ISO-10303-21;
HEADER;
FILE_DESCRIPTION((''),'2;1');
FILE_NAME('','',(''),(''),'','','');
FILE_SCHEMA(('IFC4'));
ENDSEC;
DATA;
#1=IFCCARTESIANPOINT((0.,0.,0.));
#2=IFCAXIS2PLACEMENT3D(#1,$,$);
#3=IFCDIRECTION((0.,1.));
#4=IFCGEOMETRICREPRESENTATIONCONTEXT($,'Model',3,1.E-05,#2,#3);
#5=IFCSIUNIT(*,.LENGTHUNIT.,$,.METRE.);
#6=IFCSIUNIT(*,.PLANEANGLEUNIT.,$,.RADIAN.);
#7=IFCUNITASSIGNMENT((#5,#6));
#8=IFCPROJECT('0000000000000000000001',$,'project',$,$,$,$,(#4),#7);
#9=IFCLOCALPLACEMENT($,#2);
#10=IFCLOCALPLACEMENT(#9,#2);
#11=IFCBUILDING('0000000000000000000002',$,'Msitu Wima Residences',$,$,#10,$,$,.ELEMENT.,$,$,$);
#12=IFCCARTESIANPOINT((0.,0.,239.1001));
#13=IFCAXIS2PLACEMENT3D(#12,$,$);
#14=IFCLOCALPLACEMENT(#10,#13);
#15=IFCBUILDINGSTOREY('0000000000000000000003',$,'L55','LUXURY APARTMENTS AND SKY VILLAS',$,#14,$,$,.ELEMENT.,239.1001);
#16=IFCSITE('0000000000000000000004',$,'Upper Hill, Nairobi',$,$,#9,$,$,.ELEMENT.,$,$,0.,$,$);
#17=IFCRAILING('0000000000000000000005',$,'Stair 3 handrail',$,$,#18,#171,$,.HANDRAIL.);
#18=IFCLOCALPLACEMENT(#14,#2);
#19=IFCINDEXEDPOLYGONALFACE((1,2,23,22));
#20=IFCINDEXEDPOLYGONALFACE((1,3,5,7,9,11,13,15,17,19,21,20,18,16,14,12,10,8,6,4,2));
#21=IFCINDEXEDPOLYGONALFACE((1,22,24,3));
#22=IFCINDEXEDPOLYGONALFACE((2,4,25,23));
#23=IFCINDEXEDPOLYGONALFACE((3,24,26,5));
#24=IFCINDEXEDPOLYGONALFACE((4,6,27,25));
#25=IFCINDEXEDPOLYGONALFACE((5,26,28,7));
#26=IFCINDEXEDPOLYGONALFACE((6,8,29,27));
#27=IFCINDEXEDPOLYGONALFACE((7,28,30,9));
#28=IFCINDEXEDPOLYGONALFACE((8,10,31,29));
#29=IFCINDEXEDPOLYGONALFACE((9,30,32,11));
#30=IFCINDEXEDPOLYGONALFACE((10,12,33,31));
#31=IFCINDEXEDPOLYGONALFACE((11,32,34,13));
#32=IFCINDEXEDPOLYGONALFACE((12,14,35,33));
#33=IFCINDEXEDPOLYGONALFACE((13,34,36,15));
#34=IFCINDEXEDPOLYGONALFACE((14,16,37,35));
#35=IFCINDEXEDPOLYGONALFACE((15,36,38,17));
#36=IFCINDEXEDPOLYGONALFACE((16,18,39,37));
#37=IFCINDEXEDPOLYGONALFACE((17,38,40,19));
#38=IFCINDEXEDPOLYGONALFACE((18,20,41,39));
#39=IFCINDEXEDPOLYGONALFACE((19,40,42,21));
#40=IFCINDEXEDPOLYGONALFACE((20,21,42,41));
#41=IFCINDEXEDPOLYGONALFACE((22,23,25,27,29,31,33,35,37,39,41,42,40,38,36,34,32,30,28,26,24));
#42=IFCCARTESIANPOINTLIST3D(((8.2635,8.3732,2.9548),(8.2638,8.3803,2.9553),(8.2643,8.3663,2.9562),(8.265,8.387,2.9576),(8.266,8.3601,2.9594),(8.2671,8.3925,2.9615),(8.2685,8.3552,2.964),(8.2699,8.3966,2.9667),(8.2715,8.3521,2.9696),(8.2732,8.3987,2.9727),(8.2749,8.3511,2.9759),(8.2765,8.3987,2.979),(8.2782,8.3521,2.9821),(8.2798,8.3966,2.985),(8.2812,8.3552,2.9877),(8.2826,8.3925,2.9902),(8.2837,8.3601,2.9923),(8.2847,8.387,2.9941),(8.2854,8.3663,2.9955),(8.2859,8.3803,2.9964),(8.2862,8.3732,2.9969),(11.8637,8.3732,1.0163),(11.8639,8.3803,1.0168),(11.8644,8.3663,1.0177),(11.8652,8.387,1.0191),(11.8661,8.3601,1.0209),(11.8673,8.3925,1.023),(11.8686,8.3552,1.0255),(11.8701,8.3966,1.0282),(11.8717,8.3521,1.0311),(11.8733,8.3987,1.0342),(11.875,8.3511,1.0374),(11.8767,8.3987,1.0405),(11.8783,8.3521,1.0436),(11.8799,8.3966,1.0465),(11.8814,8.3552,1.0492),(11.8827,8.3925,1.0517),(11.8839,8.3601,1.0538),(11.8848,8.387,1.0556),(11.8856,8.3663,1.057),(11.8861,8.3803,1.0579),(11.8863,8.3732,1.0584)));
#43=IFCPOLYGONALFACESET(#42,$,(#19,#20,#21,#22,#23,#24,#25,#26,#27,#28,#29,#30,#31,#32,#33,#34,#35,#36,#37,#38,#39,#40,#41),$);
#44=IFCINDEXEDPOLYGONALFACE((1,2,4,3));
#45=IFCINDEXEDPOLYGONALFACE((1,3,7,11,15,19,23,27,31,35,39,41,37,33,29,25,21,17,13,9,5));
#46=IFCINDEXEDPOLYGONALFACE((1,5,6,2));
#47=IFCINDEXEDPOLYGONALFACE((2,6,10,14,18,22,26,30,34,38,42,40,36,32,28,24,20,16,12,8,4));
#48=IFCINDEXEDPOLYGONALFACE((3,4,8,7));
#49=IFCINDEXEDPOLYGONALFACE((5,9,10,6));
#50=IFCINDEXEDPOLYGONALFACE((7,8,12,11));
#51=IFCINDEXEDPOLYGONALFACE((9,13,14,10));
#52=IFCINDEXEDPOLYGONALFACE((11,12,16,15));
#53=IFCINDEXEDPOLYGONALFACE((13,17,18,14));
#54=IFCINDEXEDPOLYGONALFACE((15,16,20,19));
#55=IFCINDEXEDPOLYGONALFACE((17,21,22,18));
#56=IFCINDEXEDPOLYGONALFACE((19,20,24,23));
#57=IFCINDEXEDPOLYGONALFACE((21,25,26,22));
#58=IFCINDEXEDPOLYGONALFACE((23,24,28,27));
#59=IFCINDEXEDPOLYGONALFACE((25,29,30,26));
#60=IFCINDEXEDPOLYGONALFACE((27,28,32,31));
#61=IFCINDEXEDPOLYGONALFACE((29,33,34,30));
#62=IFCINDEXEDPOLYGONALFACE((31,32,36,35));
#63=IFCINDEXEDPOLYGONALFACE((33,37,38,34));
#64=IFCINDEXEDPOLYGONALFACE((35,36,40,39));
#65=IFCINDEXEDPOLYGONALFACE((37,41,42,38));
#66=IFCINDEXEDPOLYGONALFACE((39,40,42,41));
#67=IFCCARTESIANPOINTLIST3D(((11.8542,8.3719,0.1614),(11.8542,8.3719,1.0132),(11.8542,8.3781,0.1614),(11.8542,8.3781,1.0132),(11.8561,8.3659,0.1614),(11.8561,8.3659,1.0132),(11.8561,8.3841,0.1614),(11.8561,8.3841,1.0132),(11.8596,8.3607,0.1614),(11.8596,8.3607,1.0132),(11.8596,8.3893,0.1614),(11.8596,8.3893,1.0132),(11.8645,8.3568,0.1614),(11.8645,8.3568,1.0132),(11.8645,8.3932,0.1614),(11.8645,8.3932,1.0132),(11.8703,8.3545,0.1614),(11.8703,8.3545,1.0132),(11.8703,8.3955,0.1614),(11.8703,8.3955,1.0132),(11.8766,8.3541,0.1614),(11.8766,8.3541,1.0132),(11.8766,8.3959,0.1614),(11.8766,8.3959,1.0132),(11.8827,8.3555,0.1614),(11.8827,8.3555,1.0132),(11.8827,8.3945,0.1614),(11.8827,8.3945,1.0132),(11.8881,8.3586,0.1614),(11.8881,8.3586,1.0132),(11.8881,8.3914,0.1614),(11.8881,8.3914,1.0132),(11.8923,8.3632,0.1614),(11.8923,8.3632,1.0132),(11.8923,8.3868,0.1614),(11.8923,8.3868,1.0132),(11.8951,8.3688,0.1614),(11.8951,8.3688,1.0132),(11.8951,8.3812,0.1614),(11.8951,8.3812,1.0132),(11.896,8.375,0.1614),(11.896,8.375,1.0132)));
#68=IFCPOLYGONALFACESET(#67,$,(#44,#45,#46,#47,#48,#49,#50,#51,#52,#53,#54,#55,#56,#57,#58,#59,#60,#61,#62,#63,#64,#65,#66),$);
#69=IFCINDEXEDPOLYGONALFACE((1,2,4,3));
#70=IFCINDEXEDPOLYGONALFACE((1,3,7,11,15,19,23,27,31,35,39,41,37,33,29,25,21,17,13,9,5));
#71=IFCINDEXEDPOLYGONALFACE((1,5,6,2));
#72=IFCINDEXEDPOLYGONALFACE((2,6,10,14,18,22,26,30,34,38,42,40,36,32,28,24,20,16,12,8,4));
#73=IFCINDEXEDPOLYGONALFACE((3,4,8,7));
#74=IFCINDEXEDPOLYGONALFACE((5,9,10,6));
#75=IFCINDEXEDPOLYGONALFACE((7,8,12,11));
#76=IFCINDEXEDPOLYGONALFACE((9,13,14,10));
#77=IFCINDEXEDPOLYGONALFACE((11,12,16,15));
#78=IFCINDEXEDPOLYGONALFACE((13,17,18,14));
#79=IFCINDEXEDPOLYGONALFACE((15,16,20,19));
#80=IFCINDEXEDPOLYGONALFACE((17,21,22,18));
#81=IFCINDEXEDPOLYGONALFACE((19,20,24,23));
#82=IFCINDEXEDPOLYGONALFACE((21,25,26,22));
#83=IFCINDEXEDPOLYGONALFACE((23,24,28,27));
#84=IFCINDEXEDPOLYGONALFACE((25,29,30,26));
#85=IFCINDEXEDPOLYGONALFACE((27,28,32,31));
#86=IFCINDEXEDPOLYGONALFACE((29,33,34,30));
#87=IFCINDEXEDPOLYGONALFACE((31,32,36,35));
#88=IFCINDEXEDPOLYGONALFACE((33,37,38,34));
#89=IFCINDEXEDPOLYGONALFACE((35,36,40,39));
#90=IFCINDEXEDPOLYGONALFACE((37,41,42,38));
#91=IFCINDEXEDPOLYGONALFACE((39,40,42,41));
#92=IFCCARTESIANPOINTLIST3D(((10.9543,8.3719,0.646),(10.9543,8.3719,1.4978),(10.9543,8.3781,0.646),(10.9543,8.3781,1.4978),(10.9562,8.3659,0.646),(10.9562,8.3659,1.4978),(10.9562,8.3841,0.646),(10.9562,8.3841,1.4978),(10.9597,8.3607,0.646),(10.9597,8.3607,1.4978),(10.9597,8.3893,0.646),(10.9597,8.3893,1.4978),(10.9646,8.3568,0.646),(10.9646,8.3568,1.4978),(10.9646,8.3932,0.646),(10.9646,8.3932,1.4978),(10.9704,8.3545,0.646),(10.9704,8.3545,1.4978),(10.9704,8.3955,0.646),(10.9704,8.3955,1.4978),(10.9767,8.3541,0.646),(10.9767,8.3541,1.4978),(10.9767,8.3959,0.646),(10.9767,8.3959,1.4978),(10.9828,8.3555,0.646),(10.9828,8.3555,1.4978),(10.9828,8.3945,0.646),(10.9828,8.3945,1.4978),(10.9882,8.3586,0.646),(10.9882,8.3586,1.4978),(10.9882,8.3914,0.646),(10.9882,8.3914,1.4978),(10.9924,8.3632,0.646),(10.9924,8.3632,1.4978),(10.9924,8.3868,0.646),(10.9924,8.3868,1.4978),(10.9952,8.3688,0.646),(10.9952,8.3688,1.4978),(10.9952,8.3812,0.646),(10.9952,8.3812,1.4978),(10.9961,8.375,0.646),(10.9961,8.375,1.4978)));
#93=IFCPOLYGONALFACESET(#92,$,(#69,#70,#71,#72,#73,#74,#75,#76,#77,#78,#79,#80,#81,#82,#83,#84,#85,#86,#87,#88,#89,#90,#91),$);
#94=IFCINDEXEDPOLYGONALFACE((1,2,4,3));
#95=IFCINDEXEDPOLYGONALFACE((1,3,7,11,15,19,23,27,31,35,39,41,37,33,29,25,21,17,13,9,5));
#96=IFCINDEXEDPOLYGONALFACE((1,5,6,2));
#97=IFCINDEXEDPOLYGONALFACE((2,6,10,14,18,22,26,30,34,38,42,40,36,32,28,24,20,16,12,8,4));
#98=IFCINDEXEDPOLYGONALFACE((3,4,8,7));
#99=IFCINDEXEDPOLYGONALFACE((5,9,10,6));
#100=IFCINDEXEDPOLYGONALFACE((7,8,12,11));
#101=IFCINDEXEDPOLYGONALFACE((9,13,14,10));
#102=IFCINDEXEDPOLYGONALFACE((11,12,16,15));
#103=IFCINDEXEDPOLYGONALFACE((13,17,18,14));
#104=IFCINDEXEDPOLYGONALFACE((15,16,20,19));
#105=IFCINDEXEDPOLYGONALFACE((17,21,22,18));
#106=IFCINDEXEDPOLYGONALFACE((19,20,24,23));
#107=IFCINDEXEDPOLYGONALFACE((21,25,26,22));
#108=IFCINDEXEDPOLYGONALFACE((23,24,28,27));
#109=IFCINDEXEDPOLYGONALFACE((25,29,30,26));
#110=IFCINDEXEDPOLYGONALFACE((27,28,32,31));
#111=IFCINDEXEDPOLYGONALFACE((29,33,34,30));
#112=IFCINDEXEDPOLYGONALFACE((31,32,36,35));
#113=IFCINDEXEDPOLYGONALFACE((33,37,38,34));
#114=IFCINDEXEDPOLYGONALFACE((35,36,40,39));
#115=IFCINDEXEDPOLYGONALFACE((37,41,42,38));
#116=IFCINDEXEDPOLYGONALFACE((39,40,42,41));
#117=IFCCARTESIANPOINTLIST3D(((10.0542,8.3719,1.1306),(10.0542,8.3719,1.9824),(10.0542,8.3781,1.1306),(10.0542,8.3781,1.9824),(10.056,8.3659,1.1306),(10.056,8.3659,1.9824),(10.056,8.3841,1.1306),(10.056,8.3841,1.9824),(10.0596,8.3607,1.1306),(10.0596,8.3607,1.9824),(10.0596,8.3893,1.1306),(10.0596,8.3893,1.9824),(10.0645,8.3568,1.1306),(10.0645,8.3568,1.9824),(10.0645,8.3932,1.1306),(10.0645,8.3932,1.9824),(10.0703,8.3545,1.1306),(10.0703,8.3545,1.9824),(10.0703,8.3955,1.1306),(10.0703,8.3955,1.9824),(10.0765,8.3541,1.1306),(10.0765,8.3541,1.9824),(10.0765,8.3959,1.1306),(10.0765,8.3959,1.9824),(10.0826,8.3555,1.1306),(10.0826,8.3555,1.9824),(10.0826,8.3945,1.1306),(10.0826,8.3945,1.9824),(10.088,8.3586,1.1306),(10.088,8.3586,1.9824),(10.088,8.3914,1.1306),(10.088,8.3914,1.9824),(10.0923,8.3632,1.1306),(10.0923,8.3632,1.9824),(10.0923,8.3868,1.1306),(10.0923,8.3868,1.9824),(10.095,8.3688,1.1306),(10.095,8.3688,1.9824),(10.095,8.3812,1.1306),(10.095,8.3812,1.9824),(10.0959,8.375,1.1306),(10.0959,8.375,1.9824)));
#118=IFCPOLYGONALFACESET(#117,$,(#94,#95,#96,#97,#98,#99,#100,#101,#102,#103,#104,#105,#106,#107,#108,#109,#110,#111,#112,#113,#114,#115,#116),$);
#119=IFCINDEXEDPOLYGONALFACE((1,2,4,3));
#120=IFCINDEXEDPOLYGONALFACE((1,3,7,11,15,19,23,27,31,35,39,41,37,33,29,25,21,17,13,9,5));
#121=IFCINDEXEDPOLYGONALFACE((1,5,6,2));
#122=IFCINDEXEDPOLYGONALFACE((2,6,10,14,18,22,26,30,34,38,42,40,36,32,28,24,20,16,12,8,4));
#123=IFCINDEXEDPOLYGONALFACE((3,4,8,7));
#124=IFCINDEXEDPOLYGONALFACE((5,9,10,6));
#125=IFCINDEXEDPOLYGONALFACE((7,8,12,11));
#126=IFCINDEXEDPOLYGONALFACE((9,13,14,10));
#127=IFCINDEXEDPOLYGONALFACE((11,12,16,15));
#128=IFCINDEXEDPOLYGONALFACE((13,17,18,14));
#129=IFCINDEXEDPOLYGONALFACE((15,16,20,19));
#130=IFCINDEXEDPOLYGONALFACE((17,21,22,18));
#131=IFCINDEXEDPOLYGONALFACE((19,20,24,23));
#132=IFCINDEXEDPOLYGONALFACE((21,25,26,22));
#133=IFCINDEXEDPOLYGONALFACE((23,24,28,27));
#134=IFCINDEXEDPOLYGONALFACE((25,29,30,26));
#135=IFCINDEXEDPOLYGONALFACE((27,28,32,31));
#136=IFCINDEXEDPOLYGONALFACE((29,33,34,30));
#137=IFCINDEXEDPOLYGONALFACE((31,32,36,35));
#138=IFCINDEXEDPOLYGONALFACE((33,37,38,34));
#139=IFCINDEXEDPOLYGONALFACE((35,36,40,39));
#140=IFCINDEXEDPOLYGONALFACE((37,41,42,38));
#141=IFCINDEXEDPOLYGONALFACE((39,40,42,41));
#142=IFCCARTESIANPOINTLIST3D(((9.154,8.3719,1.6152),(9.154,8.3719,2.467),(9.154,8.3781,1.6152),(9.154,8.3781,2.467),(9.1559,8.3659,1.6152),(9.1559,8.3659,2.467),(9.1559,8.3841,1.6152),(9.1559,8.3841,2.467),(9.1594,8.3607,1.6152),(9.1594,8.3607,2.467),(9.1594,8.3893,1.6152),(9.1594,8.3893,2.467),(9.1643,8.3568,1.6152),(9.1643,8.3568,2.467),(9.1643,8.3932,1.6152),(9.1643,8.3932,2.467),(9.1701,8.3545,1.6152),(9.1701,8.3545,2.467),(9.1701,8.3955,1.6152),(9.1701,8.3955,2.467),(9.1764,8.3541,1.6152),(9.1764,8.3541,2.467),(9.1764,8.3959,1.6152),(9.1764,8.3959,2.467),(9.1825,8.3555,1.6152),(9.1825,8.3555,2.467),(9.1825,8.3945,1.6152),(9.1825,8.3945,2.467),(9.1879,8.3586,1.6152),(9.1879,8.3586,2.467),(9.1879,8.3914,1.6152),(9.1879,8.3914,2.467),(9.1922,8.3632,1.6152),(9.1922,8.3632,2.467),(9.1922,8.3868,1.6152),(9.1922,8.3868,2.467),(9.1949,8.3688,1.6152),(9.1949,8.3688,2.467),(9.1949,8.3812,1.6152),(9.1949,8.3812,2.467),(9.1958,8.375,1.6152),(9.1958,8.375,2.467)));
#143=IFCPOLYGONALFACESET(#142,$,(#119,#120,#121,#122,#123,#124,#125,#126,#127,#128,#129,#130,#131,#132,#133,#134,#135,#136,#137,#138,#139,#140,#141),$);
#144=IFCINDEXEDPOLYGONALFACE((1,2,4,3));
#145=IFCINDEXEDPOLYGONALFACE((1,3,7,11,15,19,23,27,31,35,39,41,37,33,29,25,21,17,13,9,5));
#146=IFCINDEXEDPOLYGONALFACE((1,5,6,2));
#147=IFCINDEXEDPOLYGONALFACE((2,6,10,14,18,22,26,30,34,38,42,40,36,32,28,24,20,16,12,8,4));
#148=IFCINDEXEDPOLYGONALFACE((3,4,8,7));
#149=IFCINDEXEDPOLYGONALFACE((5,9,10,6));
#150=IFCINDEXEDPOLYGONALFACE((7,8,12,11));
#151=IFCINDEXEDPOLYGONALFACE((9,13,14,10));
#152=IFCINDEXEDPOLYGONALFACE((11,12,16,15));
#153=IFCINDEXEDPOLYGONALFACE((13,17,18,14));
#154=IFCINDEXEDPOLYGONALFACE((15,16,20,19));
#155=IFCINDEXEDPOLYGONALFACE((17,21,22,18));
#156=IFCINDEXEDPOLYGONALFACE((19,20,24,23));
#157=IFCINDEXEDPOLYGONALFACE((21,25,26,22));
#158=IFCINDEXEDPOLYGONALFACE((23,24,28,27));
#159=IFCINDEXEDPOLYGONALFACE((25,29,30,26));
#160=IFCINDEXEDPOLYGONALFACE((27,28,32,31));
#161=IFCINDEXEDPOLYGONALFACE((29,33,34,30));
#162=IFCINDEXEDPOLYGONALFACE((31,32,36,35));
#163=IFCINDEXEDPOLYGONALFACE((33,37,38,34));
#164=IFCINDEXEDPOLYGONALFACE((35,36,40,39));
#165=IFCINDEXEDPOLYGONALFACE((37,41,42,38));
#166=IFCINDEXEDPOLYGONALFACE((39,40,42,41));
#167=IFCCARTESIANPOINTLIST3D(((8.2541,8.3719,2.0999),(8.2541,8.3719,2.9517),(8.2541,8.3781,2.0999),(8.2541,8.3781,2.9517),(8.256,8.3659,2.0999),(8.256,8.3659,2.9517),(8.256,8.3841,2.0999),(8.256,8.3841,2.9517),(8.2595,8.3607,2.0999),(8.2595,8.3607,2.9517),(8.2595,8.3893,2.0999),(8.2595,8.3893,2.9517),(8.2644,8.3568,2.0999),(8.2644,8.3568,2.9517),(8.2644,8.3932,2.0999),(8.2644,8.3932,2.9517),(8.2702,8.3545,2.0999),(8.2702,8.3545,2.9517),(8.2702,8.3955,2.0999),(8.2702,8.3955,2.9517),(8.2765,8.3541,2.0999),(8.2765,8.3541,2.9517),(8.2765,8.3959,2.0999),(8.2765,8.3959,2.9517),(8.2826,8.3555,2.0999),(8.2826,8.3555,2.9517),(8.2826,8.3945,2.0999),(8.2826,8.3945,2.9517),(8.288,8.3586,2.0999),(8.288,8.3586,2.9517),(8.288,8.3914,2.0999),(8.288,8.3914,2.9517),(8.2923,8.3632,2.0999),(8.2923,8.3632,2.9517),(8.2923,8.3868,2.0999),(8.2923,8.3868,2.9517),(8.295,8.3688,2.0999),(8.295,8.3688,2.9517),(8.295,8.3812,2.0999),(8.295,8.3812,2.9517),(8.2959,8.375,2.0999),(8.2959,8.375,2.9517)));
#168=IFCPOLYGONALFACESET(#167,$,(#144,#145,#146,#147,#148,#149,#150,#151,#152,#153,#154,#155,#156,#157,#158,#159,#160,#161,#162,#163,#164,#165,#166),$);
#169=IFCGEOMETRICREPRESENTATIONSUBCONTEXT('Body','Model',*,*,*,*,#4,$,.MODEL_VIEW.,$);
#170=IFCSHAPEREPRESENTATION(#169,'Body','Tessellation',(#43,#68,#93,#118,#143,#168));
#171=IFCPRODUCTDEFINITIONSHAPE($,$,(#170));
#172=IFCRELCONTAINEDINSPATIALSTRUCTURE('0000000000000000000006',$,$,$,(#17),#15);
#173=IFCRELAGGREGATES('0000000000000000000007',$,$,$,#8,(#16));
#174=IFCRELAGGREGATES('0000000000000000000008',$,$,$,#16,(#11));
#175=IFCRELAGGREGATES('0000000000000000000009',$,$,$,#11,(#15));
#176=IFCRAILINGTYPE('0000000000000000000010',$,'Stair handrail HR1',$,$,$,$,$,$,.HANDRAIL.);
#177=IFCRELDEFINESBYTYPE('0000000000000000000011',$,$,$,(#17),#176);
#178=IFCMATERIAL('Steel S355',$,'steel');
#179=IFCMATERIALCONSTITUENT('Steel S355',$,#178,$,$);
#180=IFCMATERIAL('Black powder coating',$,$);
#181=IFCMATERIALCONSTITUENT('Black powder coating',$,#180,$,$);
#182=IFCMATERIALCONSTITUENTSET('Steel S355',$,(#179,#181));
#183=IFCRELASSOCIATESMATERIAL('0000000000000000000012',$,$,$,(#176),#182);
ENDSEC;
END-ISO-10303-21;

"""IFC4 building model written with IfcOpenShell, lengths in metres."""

from ifc_helpers import new_model, si_unit, direction, frame, origin, origin_2d, place, context, subcontext, project, spatial, circle, extrude, material, constituent, constituent_set, type_object, element, save


model = new_model("IFC4")

# Units and contexts
model_context = context("Model", 3, precision=1e-05, world=origin(), true_north=direction((0.0, 1.0)))
body_context = subcontext(model_context, "Body", "Model", "MODEL_VIEW")
ifc_project = project(units=[si_unit("LENGTHUNIT", "METRE"), si_unit("PLANEANGLEUNIT", "RADIAN")], contexts=[model_context])

# Site, building, storey
site_placement = place(None, origin())
site = spatial("IfcSite", under=ifc_project, at=site_placement, Name="Upper Hill, Nairobi", CompositionType="ELEMENT", RefElevation=0.0)
building_placement = place(site_placement, origin())
building = spatial("IfcBuilding", under=site, at=building_placement, Name="Msitu Wima Residences", CompositionType="ELEMENT")
storey_placement = place(building_placement, frame((0.0, 0.0, 239.1001)))
storey = spatial("IfcBuildingStorey", under=building, at=storey_placement, Name="L55", Description="LUXURY APARTMENTS AND SKY VILLAS", CompositionType="ELEMENT", Elevation=239.1001)

# Railing
ifc_material_1 = material(Name="Steel S355", Category="steel")
ifc_constituent_1 = constituent(ifc_material_1, Name="Steel S355")
ifc_material_2 = material(Name="Black powder coating")
ifc_constituent_2 = constituent(ifc_material_2, Name="Black powder coating")
ifc_constituent_set = constituent_set(constituents=[ifc_constituent_1, ifc_constituent_2], Name="Steel S355")
railing_type = type_object("IfcRailingType", Name="Stair handrail HR1", PredefinedType="HANDRAIL", material=ifc_constituent_set)
for number, where, name in (
    (1, (11.875, 8.375, 0.1614), "Stair 3 handrail"),
):
    element("IfcRailing", number, at=place(storey_placement, frame(where)), inside=storey, type_object=railing_type, Name=name, PredefinedType="HANDRAIL", context=body_context, shape_type="SweptSolid", body=[
        extrude(circle(Radius=0.0239, at=origin_2d()), frame((0.0, 0.0, 0.876), z_axis=(-0.880475, 0.0, 0.474093), x_axis=(0.0, -1.0, 0.0)), (0.0, 0.0, 1.0), 4.0889),
        extrude(circle(Radius=0.021, at=origin_2d()), origin(), (0.0, 0.0, 1.0), 0.8518),
        extrude(circle(Radius=0.021, at=origin_2d()), frame((-0.8999, 0.0, 0.4846)), (0.0, 0.0, 1.0), 0.8518),
        extrude(circle(Radius=0.021, at=origin_2d()), frame((-1.8, 0.0, 0.9692)), (0.0, 0.0, 1.0), 0.8518),
        extrude(circle(Radius=0.021, at=origin_2d()), frame((-2.7002, 0.0, 1.4539)), (0.0, 0.0, 1.0), 0.8518),
        extrude(circle(Radius=0.021, at=origin_2d()), frame((-3.6001, 0.0, 1.9385)), (0.0, 0.0, 1.0), 0.8518),
    ])

save(model, "model.ifc")
